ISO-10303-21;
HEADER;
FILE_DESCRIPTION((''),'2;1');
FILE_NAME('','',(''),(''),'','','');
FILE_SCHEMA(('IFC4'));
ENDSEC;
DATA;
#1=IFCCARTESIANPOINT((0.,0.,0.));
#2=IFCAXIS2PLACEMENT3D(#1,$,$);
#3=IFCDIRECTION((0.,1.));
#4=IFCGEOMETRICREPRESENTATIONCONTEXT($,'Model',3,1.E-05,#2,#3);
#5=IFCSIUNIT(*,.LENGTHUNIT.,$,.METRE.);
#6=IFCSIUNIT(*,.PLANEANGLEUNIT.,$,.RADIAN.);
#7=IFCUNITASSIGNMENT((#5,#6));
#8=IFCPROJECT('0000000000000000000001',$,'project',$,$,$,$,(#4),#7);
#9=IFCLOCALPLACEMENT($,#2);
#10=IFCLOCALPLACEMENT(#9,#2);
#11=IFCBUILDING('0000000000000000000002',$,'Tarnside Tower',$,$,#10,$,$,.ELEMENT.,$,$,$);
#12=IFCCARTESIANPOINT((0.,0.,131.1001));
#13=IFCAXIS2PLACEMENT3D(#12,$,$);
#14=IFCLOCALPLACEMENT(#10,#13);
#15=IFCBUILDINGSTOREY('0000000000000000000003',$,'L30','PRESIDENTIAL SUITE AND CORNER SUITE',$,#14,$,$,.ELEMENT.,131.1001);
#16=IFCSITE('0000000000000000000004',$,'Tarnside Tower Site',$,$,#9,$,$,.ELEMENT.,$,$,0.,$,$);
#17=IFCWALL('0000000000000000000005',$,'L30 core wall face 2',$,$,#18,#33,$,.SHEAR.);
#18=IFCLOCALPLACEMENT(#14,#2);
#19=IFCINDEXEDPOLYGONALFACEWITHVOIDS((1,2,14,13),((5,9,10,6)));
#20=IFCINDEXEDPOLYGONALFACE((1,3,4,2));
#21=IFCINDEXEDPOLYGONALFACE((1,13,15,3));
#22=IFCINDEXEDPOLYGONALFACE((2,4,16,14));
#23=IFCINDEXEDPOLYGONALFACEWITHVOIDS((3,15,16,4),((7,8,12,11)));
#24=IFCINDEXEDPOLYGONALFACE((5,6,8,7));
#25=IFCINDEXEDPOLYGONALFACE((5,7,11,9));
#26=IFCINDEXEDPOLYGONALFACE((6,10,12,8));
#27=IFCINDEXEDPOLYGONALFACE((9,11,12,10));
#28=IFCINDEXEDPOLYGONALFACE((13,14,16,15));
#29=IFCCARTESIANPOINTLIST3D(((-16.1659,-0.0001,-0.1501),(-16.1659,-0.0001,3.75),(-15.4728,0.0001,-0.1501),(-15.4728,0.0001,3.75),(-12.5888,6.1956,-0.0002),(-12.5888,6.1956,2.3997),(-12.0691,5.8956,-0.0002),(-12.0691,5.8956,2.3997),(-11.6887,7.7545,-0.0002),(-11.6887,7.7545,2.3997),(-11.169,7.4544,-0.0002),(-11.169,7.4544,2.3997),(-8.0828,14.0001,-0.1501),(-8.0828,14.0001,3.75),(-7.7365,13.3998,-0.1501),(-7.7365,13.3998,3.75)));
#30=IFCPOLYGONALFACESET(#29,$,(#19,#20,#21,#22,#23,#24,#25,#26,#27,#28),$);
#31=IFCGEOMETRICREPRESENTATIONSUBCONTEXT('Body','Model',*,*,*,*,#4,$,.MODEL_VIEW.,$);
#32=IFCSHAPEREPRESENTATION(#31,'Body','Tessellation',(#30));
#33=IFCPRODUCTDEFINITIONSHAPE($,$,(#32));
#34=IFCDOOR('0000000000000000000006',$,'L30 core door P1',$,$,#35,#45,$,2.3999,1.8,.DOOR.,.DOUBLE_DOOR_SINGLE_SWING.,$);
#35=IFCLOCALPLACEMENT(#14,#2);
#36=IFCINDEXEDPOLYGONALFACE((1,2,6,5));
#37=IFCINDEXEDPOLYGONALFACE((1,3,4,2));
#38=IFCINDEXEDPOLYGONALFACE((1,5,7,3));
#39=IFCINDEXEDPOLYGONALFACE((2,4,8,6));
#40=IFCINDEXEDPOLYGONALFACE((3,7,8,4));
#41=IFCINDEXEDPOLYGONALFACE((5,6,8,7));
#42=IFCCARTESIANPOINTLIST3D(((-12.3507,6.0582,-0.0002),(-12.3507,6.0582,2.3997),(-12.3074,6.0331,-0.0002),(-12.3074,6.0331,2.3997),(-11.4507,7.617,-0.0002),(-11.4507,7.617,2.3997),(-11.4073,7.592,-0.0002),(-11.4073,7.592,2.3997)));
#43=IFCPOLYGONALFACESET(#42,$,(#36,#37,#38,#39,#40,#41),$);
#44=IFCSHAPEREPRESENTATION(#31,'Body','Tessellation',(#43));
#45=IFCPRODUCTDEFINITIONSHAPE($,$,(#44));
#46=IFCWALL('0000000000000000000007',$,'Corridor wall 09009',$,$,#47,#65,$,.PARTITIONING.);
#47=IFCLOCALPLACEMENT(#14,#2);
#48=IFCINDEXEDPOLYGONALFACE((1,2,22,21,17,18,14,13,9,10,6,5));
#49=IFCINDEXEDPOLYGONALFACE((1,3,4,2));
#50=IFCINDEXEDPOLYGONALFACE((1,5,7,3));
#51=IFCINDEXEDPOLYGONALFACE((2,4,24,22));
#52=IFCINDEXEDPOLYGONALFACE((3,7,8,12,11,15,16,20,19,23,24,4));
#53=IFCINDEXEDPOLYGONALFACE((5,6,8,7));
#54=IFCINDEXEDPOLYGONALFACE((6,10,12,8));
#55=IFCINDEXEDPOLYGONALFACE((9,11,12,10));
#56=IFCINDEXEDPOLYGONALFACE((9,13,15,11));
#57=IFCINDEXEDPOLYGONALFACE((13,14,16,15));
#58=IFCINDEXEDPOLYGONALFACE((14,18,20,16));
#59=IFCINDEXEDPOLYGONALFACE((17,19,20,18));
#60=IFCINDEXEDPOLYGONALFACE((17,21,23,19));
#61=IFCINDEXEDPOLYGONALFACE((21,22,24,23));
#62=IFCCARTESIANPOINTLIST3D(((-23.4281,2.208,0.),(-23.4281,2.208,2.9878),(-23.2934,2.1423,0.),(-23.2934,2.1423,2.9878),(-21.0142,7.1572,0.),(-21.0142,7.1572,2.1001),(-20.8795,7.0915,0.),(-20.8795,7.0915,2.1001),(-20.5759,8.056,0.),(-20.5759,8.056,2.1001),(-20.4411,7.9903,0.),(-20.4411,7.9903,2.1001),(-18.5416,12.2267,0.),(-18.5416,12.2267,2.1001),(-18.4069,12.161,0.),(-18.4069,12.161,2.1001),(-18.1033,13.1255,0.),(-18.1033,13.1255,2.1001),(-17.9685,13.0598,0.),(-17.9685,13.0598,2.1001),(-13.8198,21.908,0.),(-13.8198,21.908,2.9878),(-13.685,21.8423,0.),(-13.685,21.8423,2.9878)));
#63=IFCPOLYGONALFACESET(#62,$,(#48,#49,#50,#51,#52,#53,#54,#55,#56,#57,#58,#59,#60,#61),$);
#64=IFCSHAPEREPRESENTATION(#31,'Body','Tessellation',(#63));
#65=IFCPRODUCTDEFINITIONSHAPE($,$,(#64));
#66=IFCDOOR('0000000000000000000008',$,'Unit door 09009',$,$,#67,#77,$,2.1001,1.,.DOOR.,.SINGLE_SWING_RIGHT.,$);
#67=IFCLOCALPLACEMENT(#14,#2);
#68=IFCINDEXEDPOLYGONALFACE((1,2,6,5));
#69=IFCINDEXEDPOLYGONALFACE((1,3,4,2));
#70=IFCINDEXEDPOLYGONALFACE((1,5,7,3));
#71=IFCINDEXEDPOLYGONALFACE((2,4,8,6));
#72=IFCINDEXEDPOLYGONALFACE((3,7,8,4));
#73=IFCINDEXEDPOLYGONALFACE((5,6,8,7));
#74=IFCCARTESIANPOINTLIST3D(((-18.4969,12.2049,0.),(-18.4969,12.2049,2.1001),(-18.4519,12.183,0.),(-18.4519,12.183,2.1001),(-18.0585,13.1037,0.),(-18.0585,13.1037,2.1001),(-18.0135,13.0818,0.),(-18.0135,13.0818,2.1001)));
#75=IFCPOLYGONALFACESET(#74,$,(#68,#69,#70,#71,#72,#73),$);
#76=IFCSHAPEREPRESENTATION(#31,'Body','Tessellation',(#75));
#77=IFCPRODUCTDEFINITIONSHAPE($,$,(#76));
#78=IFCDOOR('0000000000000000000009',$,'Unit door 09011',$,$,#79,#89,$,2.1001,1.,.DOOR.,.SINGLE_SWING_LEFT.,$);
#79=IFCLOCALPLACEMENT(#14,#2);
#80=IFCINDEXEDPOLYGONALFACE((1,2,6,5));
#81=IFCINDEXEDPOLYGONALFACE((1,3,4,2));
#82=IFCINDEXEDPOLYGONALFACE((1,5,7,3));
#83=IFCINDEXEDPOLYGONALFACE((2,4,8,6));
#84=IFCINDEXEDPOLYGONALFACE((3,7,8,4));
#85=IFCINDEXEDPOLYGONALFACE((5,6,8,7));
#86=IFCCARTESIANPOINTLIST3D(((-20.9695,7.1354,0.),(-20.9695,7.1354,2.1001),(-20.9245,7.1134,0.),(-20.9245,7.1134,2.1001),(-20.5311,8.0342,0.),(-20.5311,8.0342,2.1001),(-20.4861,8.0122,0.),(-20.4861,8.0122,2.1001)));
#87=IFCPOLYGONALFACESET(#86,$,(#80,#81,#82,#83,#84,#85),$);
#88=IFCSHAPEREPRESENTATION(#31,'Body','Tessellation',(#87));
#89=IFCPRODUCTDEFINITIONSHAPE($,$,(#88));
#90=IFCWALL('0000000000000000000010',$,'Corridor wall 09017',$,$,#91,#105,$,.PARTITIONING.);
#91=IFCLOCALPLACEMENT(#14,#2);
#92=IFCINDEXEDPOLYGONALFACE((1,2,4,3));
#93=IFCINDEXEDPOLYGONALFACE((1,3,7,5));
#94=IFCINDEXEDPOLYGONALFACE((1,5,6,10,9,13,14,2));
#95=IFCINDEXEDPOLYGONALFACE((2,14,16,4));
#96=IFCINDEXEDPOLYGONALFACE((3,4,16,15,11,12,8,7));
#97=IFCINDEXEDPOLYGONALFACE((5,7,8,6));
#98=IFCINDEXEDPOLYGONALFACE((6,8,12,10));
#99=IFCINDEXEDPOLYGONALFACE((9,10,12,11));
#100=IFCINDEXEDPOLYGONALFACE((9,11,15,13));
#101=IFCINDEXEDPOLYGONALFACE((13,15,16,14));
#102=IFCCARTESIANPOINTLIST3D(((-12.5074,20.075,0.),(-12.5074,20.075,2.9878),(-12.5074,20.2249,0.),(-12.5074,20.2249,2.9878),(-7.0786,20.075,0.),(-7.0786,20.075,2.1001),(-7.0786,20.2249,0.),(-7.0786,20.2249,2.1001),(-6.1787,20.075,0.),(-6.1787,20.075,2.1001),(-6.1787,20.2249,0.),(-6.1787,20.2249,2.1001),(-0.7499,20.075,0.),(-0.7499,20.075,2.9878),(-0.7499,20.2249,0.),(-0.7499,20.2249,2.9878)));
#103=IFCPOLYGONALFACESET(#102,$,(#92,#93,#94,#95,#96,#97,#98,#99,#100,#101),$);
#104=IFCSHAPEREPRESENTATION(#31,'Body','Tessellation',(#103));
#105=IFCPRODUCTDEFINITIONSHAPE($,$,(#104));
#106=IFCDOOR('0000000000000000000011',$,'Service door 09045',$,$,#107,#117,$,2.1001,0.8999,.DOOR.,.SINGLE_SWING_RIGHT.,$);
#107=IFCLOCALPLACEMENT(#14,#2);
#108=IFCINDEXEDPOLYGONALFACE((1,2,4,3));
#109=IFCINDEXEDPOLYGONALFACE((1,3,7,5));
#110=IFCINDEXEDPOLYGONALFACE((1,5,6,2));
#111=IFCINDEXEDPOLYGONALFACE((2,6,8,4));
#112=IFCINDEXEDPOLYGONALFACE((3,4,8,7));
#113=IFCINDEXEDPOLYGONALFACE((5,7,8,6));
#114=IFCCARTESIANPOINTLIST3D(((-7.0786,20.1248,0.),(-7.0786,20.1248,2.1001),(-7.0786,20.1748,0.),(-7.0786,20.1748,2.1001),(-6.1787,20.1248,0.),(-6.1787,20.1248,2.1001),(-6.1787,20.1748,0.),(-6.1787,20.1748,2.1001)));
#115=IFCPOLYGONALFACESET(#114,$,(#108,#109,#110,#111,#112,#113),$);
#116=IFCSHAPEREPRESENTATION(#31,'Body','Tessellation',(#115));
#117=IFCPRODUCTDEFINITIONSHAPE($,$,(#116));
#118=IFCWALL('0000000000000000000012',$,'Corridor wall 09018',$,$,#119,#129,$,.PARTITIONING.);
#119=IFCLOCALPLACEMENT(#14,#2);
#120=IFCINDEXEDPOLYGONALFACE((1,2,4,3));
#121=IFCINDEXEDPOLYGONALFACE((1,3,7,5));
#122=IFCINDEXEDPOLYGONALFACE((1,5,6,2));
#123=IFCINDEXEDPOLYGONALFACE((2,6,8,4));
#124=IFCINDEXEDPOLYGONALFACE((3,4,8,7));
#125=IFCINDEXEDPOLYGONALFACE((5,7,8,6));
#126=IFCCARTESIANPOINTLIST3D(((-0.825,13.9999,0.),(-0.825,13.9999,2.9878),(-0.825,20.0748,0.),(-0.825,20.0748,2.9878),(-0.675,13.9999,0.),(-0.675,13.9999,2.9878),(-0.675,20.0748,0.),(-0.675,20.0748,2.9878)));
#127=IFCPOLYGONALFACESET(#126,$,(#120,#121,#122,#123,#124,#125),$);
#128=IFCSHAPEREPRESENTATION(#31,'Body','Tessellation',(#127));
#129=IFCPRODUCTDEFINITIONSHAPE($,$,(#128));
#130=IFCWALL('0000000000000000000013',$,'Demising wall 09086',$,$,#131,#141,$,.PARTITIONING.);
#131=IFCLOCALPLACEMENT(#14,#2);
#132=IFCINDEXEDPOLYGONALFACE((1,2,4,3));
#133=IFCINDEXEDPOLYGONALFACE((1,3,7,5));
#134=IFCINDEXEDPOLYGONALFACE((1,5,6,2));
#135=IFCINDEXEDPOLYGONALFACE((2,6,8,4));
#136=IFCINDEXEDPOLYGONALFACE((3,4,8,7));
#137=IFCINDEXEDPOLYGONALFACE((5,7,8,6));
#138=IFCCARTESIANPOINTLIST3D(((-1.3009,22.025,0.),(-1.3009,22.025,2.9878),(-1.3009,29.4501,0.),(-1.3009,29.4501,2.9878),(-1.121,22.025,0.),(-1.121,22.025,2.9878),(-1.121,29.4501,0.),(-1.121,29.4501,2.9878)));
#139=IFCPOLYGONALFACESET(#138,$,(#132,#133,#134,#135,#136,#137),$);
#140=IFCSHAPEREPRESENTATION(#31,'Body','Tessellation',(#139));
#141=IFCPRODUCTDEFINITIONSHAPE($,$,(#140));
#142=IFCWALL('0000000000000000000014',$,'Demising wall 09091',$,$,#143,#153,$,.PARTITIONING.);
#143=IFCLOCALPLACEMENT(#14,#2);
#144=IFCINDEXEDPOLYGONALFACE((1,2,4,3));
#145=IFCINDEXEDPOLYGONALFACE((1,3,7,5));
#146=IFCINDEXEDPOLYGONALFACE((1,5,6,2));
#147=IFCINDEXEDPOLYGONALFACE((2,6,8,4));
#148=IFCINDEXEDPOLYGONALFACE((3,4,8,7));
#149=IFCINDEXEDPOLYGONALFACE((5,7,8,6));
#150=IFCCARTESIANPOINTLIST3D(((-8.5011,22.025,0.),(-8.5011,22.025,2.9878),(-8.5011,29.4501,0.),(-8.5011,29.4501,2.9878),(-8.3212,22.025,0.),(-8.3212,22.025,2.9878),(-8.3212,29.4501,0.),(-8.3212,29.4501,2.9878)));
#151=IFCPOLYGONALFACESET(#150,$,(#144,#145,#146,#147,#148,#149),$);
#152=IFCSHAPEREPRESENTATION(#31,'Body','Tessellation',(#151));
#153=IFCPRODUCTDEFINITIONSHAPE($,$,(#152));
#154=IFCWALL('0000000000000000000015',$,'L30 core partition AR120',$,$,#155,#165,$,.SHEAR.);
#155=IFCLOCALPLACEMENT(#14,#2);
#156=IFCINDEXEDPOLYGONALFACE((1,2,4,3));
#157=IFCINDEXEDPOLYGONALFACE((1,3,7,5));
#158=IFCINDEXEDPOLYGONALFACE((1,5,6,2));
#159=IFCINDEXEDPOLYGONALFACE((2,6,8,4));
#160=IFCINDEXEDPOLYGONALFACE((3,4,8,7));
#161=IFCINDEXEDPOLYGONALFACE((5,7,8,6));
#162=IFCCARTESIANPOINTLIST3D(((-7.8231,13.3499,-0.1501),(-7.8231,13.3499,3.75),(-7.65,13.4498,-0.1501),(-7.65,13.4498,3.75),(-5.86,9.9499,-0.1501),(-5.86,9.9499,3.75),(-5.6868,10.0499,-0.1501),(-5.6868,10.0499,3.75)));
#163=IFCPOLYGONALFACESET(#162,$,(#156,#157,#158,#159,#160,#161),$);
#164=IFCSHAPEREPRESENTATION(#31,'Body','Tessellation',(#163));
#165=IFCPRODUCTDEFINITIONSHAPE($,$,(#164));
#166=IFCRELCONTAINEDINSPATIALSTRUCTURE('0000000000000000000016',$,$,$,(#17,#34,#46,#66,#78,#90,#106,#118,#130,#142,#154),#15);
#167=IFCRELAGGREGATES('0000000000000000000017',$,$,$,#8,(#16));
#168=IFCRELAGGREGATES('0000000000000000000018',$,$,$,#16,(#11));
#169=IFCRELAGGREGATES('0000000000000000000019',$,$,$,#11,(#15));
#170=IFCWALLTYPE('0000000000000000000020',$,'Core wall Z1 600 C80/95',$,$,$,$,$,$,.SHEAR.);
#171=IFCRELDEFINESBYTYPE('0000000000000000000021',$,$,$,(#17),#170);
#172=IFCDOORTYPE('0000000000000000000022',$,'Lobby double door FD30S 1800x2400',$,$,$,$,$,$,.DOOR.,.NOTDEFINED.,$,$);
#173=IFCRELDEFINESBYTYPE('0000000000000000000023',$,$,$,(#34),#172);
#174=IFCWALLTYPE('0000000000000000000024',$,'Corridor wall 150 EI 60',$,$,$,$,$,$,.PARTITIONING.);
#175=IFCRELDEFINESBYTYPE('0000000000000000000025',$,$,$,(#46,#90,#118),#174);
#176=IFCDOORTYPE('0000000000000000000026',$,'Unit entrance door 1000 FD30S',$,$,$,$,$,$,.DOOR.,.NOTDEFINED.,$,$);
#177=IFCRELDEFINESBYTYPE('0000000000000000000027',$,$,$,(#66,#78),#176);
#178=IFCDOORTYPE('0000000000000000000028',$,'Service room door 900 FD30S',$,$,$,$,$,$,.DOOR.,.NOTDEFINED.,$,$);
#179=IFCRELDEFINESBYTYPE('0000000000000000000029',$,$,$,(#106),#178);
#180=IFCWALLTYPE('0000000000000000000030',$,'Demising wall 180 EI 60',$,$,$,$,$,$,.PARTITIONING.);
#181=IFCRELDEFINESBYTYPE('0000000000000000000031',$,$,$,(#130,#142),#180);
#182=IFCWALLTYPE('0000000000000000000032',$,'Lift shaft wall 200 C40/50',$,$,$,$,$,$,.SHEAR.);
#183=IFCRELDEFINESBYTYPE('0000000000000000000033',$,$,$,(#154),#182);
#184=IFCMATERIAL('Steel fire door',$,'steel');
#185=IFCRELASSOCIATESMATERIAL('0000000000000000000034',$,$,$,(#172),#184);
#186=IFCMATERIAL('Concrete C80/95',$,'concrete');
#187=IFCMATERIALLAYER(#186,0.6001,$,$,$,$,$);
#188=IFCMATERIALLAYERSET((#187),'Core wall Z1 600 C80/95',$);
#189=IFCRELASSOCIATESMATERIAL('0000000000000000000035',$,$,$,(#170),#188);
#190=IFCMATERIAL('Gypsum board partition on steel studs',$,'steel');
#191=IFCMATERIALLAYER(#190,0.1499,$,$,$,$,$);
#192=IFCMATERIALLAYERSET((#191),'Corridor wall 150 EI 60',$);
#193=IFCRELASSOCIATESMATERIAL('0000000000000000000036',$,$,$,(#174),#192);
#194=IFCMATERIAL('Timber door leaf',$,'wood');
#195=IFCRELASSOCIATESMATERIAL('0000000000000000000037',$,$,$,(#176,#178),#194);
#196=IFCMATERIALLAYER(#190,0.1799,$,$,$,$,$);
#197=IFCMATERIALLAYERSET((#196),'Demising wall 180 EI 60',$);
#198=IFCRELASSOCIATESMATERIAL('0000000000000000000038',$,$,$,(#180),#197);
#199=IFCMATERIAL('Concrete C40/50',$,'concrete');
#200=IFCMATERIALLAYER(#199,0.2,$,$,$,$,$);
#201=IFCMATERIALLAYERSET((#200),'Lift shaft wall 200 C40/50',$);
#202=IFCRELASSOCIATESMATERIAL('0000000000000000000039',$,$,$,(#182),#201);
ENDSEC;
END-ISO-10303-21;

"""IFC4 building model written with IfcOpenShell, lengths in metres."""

from ifc_helpers import new_model, si_unit, direction, frame, frame_2d, origin, place, context, subcontext, project, spatial, polyline, rectangle, outline, extrude, material, layer, layer_set, type_object, element, fill, save


model = new_model("IFC4")

# Units and contexts
model_context = context("Model", 3, precision=1e-05, world=origin(), true_north=direction((0.0, 1.0)))
body_context = subcontext(model_context, "Body", "Model", "MODEL_VIEW")
ifc_project = project(units=[si_unit("LENGTHUNIT", "METRE"), si_unit("PLANEANGLEUNIT", "RADIAN")], contexts=[model_context])

# Site, building, storey
site_placement = place(None, origin())
site = spatial("IfcSite", under=ifc_project, at=site_placement, Name="Tarnside Tower Site", CompositionType="ELEMENT", RefElevation=0.0)
building_placement = place(site_placement, origin())
building = spatial("IfcBuilding", under=site, at=building_placement, Name="Tarnside Tower", CompositionType="ELEMENT")
storey_placement = place(building_placement, frame((0.0, 0.0, 131.1001)))
storey = spatial("IfcBuildingStorey", under=building, at=storey_placement, Name="L30", Description="PRESIDENTIAL SUITE AND CORNER SUITE", CompositionType="ELEMENT", Elevation=131.1001)

# Shared definitions
ifc_material_1 = material(Name="Gypsum board partition on steel studs", Category="steel")
ifc_material_2 = material(Name="Timber door leaf", Category="wood")

# Wall, opening, door
ifc_material_3 = material(Name="Steel fire door", Category="steel")
door_type_1 = type_object("IfcDoorType", Name="Lobby double door FD30S 1800x2400", OperationType="NOTDEFINED", PredefinedType="DOOR", material=ifc_material_3)
ifc_material_4 = material(Name="Concrete C80/95", Category="concrete")
ifc_layer_1 = layer(ifc_material_4, 0.6001)
ifc_layer_set_1 = layer_set([ifc_layer_1], Name="Core wall Z1 600 C80/95")
wall_type_1 = type_object("IfcWallType", Name="Core wall Z1 600 C80/95", PredefinedType="SHEAR", material=ifc_layer_set_1)
wall_1_placement = place(storey_placement, frame((-7.9097, 13.7, -0.1501), z_axis=(0.0, 0.0, 1.0), x_axis=(-0.5, -0.866025, 0.0)))
wall_1 = element("IfcWall", 1, at=wall_1_placement, inside=storey, type_object=wall_type_1, Name="L30 core wall face 2", PredefinedType="SHEAR", context=body_context, shape_type="SweptSolid", body=[
    extrude(outline(polyline([(-0.1733, -0.3), (15.9927, -0.3), (15.646, 0.3), (0.1733, 0.3), (-0.1733, -0.3)])), origin(), (0.0, 0.0, 1.0), 3.9001),
])
opening_1_placement = place(wall_1_placement, frame((7.0386, 0.0, 0.1499)))
opening_1 = element("IfcOpeningElement", 2, at=opening_1_placement, cuts=wall_1, PredefinedType="OPENING", context=body_context, shape_type="SweptSolid", body=[
    extrude(rectangle(XDim=1.8, YDim=2.3999, at=frame_2d((0.8999, 1.2))), frame((0.0, 0.3101, 0.0), z_axis=(0.0, -1.0, 0.0), x_axis=(1.0, 0.0, 0.0)), (0.0, 0.0, 1.0), 0.6201),
])
door_1_placement = place(opening_1_placement, origin())
door_1 = element("IfcDoor", 3, at=door_1_placement, inside=storey, type_object=door_type_1, Name="L30 core door P1", OperationType="DOUBLE_DOOR_SINGLE_SWING", OverallHeight=2.3999, OverallWidth=1.8, PredefinedType="DOOR", context=body_context, shape_type="SweptSolid", body=[
    extrude(rectangle(XDim=1.8, YDim=2.3999, at=frame_2d((0.8999, 1.2))), frame((0.0, 0.0249, 0.0), z_axis=(0.0, -1.0, 0.0), x_axis=(1.0, 0.0, 0.0)), (0.0, 0.0, 1.0), 0.05),
])
fill(opening_1, door_1)

# Wall, openings, doors
ifc_layer_2 = layer(ifc_material_1, 0.1499)
ifc_layer_set_2 = layer_set([ifc_layer_2], Name="Corridor wall 150 EI 60")
wall_type_2 = type_object("IfcWallType", Name="Corridor wall 150 EI 60", PredefinedType="PARTITIONING", material=ifc_layer_set_2)
wall_2_placement = place(storey_placement, frame((-13.7524, 21.875, 0.0), z_axis=(0.0, 0.0, 1.0), x_axis=(-0.438374, -0.898792, 0.0)))
wall_2 = element("IfcWall", 4, at=wall_2_placement, inside=storey, type_object=wall_type_2, Name="Corridor wall 09009", PredefinedType="PARTITIONING", context=body_context, shape_type="SweptSolid", body=[
    extrude(rectangle(XDim=21.9182, YDim=0.1499, at=frame_2d((10.959, 0.0))), origin(), (0.0, 0.0, 1.0), 2.9878),
])
opening_2_placement = place(wall_2_placement, frame((9.7712, 0.0, 0.0)))
opening_2 = element("IfcOpeningElement", 5, at=opening_2_placement, cuts=wall_2, PredefinedType="OPENING", context=body_context, shape_type="SweptSolid", body=[
    extrude(rectangle(XDim=1.0, YDim=2.1001, at=frame_2d((0.5, 1.05))), frame((0.0, 0.085, 0.0), z_axis=(0.0, -1.0, 0.0), x_axis=(1.0, 0.0, 0.0)), (0.0, 0.0, 1.0), 0.1699),
])
opening_3_placement = place(wall_2_placement, frame((15.4116, 0.0, 0.0)))
opening_3 = element("IfcOpeningElement", 6, at=opening_3_placement, cuts=wall_2, PredefinedType="OPENING", context=body_context, shape_type="SweptSolid", body=[
    extrude(rectangle(XDim=1.0, YDim=2.1001, at=frame_2d((0.5, 1.05))), frame((0.0, 0.085, 0.0), z_axis=(0.0, -1.0, 0.0), x_axis=(1.0, 0.0, 0.0)), (0.0, 0.0, 1.0), 0.1699),
])
door_type_2 = type_object("IfcDoorType", Name="Unit entrance door 1000 FD30S", OperationType="NOTDEFINED", PredefinedType="DOOR", material=ifc_material_2)
door_2_placement = place(opening_2_placement, origin())
door_2 = element("IfcDoor", 7, at=door_2_placement, inside=storey, type_object=door_type_2, Name="Unit door 09009", OperationType="SINGLE_SWING_RIGHT", OverallHeight=2.1001, OverallWidth=1.0, PredefinedType="DOOR", context=body_context, shape_type="SweptSolid", body=[
    extrude(rectangle(XDim=1.0, YDim=2.1001, at=frame_2d((0.5, 1.05))), frame((0.0, 0.0249, 0.0), z_axis=(0.0, -1.0, 0.0), x_axis=(1.0, 0.0, 0.0)), (0.0, 0.0, 1.0), 0.05),
])
fill(opening_2, door_2)
door_3_placement = place(opening_3_placement, origin())
door_3 = element("IfcDoor", 8, at=door_3_placement, inside=storey, type_object=door_type_2, Name="Unit door 09011", OperationType="SINGLE_SWING_LEFT", OverallHeight=2.1001, OverallWidth=1.0, PredefinedType="DOOR", context=body_context, shape_type="SweptSolid", body=[
    extrude(rectangle(XDim=1.0, YDim=2.1001, at=frame_2d((0.5, 1.05))), frame((0.0, 0.0249, 0.0), z_axis=(0.0, -1.0, 0.0), x_axis=(1.0, 0.0, 0.0)), (0.0, 0.0, 1.0), 0.05),
])
fill(opening_3, door_3)

# Wall, opening, door
wall_3_placement = place(storey_placement, frame((-12.5076, 20.1499, 0.0), z_axis=(0.0, 0.0, 1.0), x_axis=(1.0, 0.0, 0.0)))
wall_3 = element("IfcWall", 9, at=wall_3_placement, inside=storey, type_object=wall_type_2, Name="Corridor wall 09017", PredefinedType="PARTITIONING", context=body_context, shape_type="SweptSolid", body=[
    extrude(rectangle(XDim=11.7576, YDim=0.1499, at=frame_2d((5.8789, 0.0))), origin(), (0.0, 0.0, 1.0), 2.9878),
])
opening_4_placement = place(wall_3_placement, frame((5.429, 0.0, 0.0)))
opening_4 = element("IfcOpeningElement", 10, at=opening_4_placement, cuts=wall_3, PredefinedType="OPENING", context=body_context, shape_type="SweptSolid", body=[
    extrude(rectangle(XDim=0.8999, YDim=2.1001, at=frame_2d((0.45, 1.05))), frame((0.0, 0.085, 0.0), z_axis=(0.0, -1.0, 0.0), x_axis=(1.0, 0.0, 0.0)), (0.0, 0.0, 1.0), 0.1699),
])
door_type_3 = type_object("IfcDoorType", Name="Service room door 900 FD30S", OperationType="NOTDEFINED", PredefinedType="DOOR", material=ifc_material_2)
door_4_placement = place(opening_4_placement, origin())
door_4 = element("IfcDoor", 11, at=door_4_placement, inside=storey, type_object=door_type_3, Name="Service door 09045", OperationType="SINGLE_SWING_RIGHT", OverallHeight=2.1001, OverallWidth=0.8999, PredefinedType="DOOR", context=body_context, shape_type="SweptSolid", body=[
    extrude(rectangle(XDim=0.8999, YDim=2.1001, at=frame_2d((0.45, 1.05))), frame((0.0, 0.0249, 0.0), z_axis=(0.0, -1.0, 0.0), x_axis=(1.0, 0.0, 0.0)), (0.0, 0.0, 1.0), 0.05),
])
fill(opening_4, door_4)

# Walls
wall_4_placement = place(storey_placement, frame((-0.75, 20.075, 0.0), z_axis=(0.0, 0.0, 1.0), x_axis=(0.0, -1.0, 0.0)))
element("IfcWall", 12, at=wall_4_placement, inside=storey, type_object=wall_type_2, Name="Corridor wall 09018", PredefinedType="PARTITIONING", context=body_context, shape_type="SweptSolid", body=[
    extrude(rectangle(XDim=6.075, YDim=0.1499, at=frame_2d((3.0376, 0.0))), origin(), (0.0, 0.0, 1.0), 2.9878),
])
ifc_layer_3 = layer(ifc_material_1, 0.1799)
ifc_layer_set_3 = layer_set([ifc_layer_3], Name="Demising wall 180 EI 60")
wall_type_3 = type_object("IfcWallType", Name="Demising wall 180 EI 60", PredefinedType="PARTITIONING", material=ifc_layer_set_3)
for number, where, z_axis, x_axis, name in (
    (13, (-1.2109, 29.45, 0.0), (0.0, 0.0, 1.0), (0.0, -1.0, 0.0), "Demising wall 09086"),
    (14, (-8.4111, 29.45, 0.0), (0.0, 0.0, 1.0), (0.0, -1.0, 0.0), "Demising wall 09091"),
):
    element("IfcWall", number, at=place(storey_placement, frame(where, z_axis=z_axis, x_axis=x_axis)), inside=storey, type_object=wall_type_3, Name=name, PredefinedType="PARTITIONING", context=body_context, shape_type="SweptSolid", body=[
        extrude(rectangle(XDim=7.425, YDim=0.1799, at=frame_2d((3.7124, 0.0))), origin(), (0.0, 0.0, 1.0), 2.9878),
    ])
ifc_material_5 = material(Name="Concrete C40/50", Category="concrete")
ifc_layer_4 = layer(ifc_material_5, 0.2)
ifc_layer_set_4 = layer_set([ifc_layer_4], Name="Lift shaft wall 200 C40/50")
wall_type_4 = type_object("IfcWallType", Name="Lift shaft wall 200 C40/50", PredefinedType="SHEAR", material=ifc_layer_set_4)
wall_5_placement = place(storey_placement, frame((-5.7734, 10.0, -0.1501), z_axis=(0.0, 0.0, 1.0), x_axis=(-0.500038, 0.866003, 0.0)))
element("IfcWall", 15, at=wall_5_placement, inside=storey, type_object=wall_type_4, Name="L30 core partition AR120", PredefinedType="SHEAR", context=body_context, shape_type="SweptSolid", body=[
    extrude(rectangle(XDim=3.926, YDim=0.2, at=frame_2d((1.9629, 0.0))), origin(), (0.0, 0.0, 1.0), 3.9001),
])

save(model, "model.ifc")
